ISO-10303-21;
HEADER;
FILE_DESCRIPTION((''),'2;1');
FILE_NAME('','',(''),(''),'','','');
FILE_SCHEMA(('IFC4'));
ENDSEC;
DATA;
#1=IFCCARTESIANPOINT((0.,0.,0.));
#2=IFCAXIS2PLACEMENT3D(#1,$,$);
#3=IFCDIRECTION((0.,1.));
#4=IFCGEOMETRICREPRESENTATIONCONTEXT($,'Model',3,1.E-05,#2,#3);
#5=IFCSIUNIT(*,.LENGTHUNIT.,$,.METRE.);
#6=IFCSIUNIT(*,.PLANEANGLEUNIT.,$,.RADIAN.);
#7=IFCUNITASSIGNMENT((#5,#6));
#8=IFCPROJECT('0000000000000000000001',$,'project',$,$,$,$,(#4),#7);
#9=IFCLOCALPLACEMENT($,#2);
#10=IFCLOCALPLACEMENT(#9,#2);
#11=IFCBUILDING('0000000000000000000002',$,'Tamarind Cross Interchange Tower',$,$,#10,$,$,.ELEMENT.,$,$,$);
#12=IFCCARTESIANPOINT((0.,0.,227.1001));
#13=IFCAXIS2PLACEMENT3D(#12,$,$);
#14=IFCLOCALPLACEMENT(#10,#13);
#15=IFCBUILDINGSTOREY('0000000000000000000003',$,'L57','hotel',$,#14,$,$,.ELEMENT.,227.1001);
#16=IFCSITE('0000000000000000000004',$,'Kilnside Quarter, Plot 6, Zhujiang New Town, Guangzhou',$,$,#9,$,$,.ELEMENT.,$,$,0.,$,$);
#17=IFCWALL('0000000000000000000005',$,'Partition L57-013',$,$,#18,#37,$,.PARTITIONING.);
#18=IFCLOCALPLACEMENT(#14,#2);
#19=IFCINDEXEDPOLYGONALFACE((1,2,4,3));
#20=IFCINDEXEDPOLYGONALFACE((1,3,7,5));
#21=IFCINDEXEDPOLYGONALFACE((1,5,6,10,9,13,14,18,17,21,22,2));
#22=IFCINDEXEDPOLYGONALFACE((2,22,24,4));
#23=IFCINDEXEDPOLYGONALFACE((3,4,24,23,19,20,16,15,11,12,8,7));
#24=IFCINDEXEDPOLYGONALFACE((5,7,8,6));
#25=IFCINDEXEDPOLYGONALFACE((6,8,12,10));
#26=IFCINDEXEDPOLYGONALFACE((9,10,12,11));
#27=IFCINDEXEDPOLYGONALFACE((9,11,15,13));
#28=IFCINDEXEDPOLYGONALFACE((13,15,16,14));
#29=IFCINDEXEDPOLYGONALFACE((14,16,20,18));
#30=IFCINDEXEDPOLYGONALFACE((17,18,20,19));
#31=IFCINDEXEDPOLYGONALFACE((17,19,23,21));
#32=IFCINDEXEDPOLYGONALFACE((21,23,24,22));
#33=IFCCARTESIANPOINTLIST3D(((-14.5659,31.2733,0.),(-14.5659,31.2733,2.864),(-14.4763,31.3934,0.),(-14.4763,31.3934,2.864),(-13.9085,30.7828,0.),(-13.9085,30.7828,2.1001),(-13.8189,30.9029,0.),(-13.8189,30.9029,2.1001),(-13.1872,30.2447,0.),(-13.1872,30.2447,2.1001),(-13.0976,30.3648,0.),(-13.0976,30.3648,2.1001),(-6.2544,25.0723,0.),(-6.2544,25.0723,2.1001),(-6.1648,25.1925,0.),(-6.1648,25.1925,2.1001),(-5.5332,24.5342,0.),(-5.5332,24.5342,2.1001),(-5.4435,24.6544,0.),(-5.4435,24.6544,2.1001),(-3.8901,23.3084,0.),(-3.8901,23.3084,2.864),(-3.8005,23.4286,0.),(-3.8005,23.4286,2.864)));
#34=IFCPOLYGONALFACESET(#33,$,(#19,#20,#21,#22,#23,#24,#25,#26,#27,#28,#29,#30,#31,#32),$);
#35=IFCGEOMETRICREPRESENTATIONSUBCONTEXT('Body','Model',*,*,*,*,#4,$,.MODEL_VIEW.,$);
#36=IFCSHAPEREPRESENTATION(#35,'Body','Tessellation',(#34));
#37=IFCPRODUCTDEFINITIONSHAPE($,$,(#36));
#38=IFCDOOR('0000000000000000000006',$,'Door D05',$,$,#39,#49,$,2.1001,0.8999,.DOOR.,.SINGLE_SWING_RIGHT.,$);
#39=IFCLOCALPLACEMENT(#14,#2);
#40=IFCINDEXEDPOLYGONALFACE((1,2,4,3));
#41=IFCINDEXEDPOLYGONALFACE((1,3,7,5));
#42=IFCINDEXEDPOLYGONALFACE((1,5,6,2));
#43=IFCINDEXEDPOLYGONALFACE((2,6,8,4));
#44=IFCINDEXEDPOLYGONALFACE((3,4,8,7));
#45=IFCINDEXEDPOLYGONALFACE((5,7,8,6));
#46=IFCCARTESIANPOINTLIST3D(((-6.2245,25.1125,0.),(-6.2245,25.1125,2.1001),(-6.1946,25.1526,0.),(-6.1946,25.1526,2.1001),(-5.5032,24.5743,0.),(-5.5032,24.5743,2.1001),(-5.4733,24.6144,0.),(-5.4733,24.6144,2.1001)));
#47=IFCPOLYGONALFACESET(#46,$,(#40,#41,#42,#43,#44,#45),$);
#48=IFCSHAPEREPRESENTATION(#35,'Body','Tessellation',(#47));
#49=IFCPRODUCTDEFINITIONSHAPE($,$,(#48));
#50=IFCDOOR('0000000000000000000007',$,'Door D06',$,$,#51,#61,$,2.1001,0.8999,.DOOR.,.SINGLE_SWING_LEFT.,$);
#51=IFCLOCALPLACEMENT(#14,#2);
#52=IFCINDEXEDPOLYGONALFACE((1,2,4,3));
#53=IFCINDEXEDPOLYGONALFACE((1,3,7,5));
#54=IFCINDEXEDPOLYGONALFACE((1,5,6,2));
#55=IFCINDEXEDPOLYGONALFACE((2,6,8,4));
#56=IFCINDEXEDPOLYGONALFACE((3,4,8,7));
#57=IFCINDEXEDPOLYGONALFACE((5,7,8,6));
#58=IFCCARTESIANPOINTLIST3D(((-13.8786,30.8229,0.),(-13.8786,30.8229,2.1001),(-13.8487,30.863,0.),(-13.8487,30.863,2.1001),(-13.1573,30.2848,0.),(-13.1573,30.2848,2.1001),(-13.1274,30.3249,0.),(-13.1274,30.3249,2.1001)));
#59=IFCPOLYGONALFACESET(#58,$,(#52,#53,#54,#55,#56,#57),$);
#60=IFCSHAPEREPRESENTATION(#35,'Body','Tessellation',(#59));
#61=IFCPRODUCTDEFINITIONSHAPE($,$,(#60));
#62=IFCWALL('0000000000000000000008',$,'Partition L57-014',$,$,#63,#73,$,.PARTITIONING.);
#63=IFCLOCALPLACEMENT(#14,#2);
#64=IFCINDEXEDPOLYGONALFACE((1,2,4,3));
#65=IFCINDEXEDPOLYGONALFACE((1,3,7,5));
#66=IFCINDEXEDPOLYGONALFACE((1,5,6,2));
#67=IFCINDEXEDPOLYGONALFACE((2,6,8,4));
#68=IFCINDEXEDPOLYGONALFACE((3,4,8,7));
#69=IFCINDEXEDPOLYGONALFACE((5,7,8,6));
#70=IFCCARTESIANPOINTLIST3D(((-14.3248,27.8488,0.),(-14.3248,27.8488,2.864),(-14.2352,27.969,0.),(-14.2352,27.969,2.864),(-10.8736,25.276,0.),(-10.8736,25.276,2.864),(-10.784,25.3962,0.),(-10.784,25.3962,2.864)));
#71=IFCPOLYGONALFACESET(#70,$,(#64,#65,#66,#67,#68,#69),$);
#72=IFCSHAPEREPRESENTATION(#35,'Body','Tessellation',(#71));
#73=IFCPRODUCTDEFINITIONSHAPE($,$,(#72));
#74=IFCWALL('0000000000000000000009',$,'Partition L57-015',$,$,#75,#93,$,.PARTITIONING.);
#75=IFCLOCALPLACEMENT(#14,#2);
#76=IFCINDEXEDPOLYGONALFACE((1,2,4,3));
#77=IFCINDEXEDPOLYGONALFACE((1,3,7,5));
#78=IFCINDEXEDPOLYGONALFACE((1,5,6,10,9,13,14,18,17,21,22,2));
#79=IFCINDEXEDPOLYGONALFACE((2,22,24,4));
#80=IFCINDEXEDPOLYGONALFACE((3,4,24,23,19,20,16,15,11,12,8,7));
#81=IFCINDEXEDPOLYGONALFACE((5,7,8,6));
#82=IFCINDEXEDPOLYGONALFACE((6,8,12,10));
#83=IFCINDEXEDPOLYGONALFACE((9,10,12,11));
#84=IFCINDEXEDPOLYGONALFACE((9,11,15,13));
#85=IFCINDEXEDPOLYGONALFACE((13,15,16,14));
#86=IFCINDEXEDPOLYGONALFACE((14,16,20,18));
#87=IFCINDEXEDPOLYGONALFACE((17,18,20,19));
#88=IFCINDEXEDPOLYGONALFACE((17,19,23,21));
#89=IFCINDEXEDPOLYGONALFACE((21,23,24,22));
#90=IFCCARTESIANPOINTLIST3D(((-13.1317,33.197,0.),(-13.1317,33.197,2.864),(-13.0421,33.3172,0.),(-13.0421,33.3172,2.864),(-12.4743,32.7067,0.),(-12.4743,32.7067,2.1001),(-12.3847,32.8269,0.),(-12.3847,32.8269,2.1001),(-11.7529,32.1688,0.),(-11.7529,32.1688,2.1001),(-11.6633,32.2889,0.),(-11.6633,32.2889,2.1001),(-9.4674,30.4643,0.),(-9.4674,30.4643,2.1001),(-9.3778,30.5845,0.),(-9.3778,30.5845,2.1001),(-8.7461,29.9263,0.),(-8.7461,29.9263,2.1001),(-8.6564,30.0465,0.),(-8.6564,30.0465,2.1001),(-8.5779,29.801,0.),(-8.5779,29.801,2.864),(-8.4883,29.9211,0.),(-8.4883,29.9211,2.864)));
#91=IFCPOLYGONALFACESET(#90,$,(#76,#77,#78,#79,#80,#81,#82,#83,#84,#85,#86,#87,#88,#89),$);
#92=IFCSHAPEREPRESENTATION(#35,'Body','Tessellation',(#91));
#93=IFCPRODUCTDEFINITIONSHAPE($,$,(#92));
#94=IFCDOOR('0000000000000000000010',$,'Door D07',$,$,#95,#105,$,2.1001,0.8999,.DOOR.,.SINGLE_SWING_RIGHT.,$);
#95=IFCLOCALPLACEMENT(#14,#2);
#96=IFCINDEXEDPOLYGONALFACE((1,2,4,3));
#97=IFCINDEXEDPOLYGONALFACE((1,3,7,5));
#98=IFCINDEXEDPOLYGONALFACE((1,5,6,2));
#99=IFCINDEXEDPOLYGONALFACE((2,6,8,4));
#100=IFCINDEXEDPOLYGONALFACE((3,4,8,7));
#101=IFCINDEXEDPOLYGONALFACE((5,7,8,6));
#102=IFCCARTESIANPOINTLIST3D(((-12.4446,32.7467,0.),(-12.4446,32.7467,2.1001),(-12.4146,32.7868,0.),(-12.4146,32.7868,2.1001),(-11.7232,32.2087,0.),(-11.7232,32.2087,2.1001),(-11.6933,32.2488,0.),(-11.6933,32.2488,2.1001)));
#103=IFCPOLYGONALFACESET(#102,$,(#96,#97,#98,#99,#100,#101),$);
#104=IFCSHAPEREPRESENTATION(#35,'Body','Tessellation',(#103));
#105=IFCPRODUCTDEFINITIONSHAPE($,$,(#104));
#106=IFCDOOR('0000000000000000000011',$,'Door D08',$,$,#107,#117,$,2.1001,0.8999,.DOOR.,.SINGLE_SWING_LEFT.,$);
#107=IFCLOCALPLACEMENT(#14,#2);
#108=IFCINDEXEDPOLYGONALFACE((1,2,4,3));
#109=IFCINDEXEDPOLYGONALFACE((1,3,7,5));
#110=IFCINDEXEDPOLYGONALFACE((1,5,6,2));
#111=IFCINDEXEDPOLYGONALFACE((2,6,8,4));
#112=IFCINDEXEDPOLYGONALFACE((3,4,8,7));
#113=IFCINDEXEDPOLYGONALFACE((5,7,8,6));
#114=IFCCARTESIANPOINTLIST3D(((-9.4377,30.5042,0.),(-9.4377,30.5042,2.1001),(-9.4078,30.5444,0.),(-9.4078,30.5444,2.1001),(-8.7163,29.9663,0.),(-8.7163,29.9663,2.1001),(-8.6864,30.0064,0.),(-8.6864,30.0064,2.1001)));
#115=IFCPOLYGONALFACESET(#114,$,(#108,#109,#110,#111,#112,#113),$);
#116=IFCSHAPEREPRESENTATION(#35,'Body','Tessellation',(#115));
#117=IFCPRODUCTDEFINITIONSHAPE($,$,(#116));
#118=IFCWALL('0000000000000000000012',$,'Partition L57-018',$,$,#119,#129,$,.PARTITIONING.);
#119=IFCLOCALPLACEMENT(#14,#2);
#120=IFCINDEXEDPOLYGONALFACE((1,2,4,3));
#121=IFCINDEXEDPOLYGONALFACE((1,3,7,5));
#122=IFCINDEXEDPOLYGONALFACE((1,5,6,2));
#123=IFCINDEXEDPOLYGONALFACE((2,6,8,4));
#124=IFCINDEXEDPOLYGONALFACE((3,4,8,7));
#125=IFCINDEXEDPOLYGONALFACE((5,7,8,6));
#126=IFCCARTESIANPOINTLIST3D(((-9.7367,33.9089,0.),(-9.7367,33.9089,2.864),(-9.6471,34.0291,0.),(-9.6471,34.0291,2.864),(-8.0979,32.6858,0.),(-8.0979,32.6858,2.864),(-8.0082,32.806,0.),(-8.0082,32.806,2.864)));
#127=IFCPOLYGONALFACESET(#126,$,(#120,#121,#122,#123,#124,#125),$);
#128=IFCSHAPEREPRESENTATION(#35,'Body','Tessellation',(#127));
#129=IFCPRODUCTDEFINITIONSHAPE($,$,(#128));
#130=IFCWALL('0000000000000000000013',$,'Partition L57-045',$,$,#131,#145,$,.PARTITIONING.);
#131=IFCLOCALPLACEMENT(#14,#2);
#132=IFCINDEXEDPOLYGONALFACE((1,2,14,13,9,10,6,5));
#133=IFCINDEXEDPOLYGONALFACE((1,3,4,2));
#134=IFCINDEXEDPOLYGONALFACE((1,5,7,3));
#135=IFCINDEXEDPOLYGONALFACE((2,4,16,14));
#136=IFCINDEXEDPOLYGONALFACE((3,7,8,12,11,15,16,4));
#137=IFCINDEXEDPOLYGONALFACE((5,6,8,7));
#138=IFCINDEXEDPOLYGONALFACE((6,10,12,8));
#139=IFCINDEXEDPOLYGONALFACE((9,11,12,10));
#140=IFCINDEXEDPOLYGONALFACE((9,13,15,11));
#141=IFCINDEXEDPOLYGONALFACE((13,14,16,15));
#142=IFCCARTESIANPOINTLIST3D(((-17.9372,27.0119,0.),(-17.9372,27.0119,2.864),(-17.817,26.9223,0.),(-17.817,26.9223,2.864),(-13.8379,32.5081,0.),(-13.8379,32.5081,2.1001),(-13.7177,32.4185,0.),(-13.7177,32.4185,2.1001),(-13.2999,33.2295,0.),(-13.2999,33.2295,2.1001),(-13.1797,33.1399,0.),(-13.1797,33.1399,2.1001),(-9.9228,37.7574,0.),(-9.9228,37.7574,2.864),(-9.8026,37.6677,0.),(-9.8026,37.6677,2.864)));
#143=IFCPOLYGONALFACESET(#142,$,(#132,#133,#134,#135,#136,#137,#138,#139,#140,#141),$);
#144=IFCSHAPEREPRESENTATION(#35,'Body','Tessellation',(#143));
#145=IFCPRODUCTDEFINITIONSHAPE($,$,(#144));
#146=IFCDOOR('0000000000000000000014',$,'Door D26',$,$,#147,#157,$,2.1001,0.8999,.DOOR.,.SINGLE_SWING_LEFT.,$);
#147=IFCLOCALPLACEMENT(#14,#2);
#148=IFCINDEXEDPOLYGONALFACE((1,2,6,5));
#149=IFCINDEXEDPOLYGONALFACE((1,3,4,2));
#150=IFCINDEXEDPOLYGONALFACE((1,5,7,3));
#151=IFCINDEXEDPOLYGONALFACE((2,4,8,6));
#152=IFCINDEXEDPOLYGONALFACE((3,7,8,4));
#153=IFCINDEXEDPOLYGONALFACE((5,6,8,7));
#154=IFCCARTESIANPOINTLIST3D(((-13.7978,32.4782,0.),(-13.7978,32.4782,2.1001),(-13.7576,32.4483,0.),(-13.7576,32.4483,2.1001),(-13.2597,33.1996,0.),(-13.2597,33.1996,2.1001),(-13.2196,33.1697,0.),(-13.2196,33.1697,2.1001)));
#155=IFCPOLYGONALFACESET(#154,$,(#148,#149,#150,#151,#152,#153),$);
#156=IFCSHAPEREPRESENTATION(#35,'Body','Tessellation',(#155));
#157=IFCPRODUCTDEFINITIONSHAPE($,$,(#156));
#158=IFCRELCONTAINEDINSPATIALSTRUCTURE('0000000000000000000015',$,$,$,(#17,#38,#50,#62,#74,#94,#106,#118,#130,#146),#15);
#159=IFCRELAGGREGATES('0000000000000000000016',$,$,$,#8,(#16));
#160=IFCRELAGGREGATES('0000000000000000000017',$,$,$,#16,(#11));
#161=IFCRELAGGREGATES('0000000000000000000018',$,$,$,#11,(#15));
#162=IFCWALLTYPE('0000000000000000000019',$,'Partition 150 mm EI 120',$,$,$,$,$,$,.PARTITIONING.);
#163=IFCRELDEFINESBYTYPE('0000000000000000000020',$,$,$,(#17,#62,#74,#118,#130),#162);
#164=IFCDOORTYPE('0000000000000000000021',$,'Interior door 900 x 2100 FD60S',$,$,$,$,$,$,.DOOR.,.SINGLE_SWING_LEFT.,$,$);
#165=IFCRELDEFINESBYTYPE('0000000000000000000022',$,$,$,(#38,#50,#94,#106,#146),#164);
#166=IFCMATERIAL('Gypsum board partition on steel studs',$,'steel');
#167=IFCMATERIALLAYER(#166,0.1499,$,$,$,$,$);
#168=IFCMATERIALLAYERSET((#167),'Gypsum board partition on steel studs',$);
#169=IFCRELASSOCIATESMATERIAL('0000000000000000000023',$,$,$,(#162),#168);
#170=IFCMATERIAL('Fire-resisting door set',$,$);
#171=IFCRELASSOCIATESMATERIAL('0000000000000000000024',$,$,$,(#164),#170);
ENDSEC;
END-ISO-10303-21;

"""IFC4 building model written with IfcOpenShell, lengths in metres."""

from ifc_helpers import new_model, si_unit, direction, frame, frame_2d, origin, place, context, subcontext, project, spatial, rectangle, extrude, material, layer, layer_set, type_object, element, fill, save


model = new_model("IFC4")

# Units and contexts
model_context = context("Model", 3, precision=1e-05, world=origin(), true_north=direction((0.0, 1.0)))
body_context = subcontext(model_context, "Body", "Model", "MODEL_VIEW")
ifc_project = project(units=[si_unit("LENGTHUNIT", "METRE"), si_unit("PLANEANGLEUNIT", "RADIAN")], contexts=[model_context])

# Site, building, storey
site_placement = place(None, origin())
site = spatial("IfcSite", under=ifc_project, at=site_placement, Name="Kilnside Quarter, Plot 6, Zhujiang New Town, Guangzhou", CompositionType="ELEMENT", RefElevation=0.0)
building_placement = place(site_placement, origin())
building = spatial("IfcBuilding", under=site, at=building_placement, Name="Tamarind Cross Interchange Tower", CompositionType="ELEMENT")
storey_placement = place(building_placement, frame((0.0, 0.0, 227.1001)))
storey = spatial("IfcBuildingStorey", under=building, at=storey_placement, Name="L57", Description="hotel", CompositionType="ELEMENT", Elevation=227.1001)

# Wall, openings, doors
ifc_material_1 = material(Name="Gypsum board partition on steel studs", Category="steel")
ifc_layer_1 = layer(ifc_material_1, 0.1499)
ifc_layer_set_1 = layer_set([ifc_layer_1], Name="Gypsum board partition on steel studs")
wall_type = type_object("IfcWallType", Name="Partition 150 mm EI 120", PredefinedType="PARTITIONING", material=ifc_layer_set_1)
wall_1_placement = place(storey_placement, frame((-14.521, 31.3333, 0.0), z_axis=(0.0, 0.0, 1.0), x_axis=(0.801511, -0.59798, 0.0)))
wall_1 = element("IfcWall", 1, at=wall_1_placement, inside=storey, type_object=wall_type, Name="Partition L57-013", PredefinedType="PARTITIONING", context=body_context, shape_type="SweptSolid", body=[
    extrude(rectangle(XDim=13.3196, YDim=0.1499, at=frame_2d((6.6597, 0.0))), origin(), (0.0, 0.0, 1.0), 2.864),
])
opening_1_placement = place(wall_1_placement, frame((10.3696, 0.0, 0.0)))
opening_1 = element("IfcOpeningElement", 2, at=opening_1_placement, cuts=wall_1, PredefinedType="OPENING", context=body_context, shape_type="SweptSolid", body=[
    extrude(rectangle(XDim=0.8999, YDim=2.1001, at=frame_2d((0.45, 1.05))), frame((0.0, 0.085, 0.0), z_axis=(0.0, -1.0, 0.0), x_axis=(1.0, 0.0, 0.0)), (0.0, 0.0, 1.0), 0.1699),
])
opening_2_placement = place(wall_1_placement, frame((0.8201, 0.0, 0.0)))
opening_2 = element("IfcOpeningElement", 3, at=opening_2_placement, cuts=wall_1, PredefinedType="OPENING", context=body_context, shape_type="SweptSolid", body=[
    extrude(rectangle(XDim=0.8999, YDim=2.1001, at=frame_2d((0.45, 1.05))), frame((0.0, 0.085, 0.0), z_axis=(0.0, -1.0, 0.0), x_axis=(1.0, 0.0, 0.0)), (0.0, 0.0, 1.0), 0.1699),
])
ifc_material_2 = material(Name="Fire-resisting door set")
door_type = type_object("IfcDoorType", Name="Interior door 900 x 2100 FD60S", OperationType="SINGLE_SWING_LEFT", PredefinedType="DOOR", material=ifc_material_2)
door_1_placement = place(opening_1_placement, frame((0.8999, 0.0, 0.0), z_axis=(0.0, 0.0, 1.0), x_axis=(-1.0, 0.0, 0.0)))
door_1 = element("IfcDoor", 4, at=door_1_placement, inside=storey, type_object=door_type, Name="Door D05", OperationType="SINGLE_SWING_RIGHT", OverallHeight=2.1001, OverallWidth=0.8999, PredefinedType="DOOR", context=body_context, shape_type="SweptSolid", body=[
    extrude(rectangle(XDim=0.8999, YDim=2.1001, at=frame_2d((0.45, 1.05))), frame((0.0, 0.0249, 0.0), z_axis=(0.0, -1.0, 0.0), x_axis=(1.0, 0.0, 0.0)), (0.0, 0.0, 1.0), 0.05),
])
fill(opening_1, door_1)
door_2_placement = place(opening_2_placement, frame((0.8999, 0.0, 0.0), z_axis=(0.0, 0.0, 1.0), x_axis=(-1.0, 0.0, 0.0)))
door_2 = element("IfcDoor", 5, at=door_2_placement, inside=storey, type_object=door_type, Name="Door D06", OperationType="SINGLE_SWING_LEFT", OverallHeight=2.1001, OverallWidth=0.8999, PredefinedType="DOOR", context=body_context, shape_type="SweptSolid", body=[
    extrude(rectangle(XDim=0.8999, YDim=2.1001, at=frame_2d((0.45, 1.05))), frame((0.0, 0.0249, 0.0), z_axis=(0.0, -1.0, 0.0), x_axis=(1.0, 0.0, 0.0)), (0.0, 0.0, 1.0), 0.05),
])
fill(opening_2, door_2)

# Wall
wall_2_placement = place(storey_placement, frame((-14.28, 27.9089, 0.0), z_axis=(0.0, 0.0, 1.0), x_axis=(0.801739, -0.597674, 0.0)))
element("IfcWall", 6, at=wall_2_placement, inside=storey, type_object=wall_type, Name="Partition L57-014", PredefinedType="PARTITIONING", context=body_context, shape_type="SweptSolid", body=[
    extrude(rectangle(XDim=4.3047, YDim=0.1499, at=frame_2d((2.1523, 0.0))), origin(), (0.0, 0.0, 1.0), 2.864),
])

# Wall, openings, doors
wall_3_placement = place(storey_placement, frame((-13.0869, 33.2571, 0.0), z_axis=(0.0, 0.0, 1.0), x_axis=(0.801627, -0.597825, 0.0)))
wall_3 = element("IfcWall", 7, at=wall_3_placement, inside=storey, type_object=wall_type, Name="Partition L57-015", PredefinedType="PARTITIONING", context=body_context, shape_type="SweptSolid", body=[
    extrude(rectangle(XDim=5.6807, YDim=0.1499, at=frame_2d((2.8403, 0.0))), origin(), (0.0, 0.0, 1.0), 2.864),
])
opening_3_placement = place(wall_3_placement, frame((0.8201, 0.0, 0.0)))
opening_3 = element("IfcOpeningElement", 8, at=opening_3_placement, cuts=wall_3, PredefinedType="OPENING", context=body_context, shape_type="SweptSolid", body=[
    extrude(rectangle(XDim=0.8999, YDim=2.1001, at=frame_2d((0.45, 1.05))), frame((0.0, 0.085, 0.0), z_axis=(0.0, -1.0, 0.0), x_axis=(1.0, 0.0, 0.0)), (0.0, 0.0, 1.0), 0.1699),
])
opening_4_placement = place(wall_3_placement, frame((4.571, 0.0, 0.0)))
opening_4 = element("IfcOpeningElement", 9, at=opening_4_placement, cuts=wall_3, PredefinedType="OPENING", context=body_context, shape_type="SweptSolid", body=[
    extrude(rectangle(XDim=0.8999, YDim=2.1001, at=frame_2d((0.45, 1.05))), frame((0.0, 0.085, 0.0), z_axis=(0.0, -1.0, 0.0), x_axis=(1.0, 0.0, 0.0)), (0.0, 0.0, 1.0), 0.1699),
])
door_3_placement = place(opening_3_placement, origin())
door_3 = element("IfcDoor", 10, at=door_3_placement, inside=storey, type_object=door_type, Name="Door D07", OperationType="SINGLE_SWING_RIGHT", OverallHeight=2.1001, OverallWidth=0.8999, PredefinedType="DOOR", context=body_context, shape_type="SweptSolid", body=[
    extrude(rectangle(XDim=0.8999, YDim=2.1001, at=frame_2d((0.45, 1.05))), frame((0.0, 0.0249, 0.0), z_axis=(0.0, -1.0, 0.0), x_axis=(1.0, 0.0, 0.0)), (0.0, 0.0, 1.0), 0.05),
])
fill(opening_3, door_3)
door_4_placement = place(opening_4_placement, origin())
door_4 = element("IfcDoor", 11, at=door_4_placement, inside=storey, type_object=door_type, Name="Door D08", OperationType="SINGLE_SWING_LEFT", OverallHeight=2.1001, OverallWidth=0.8999, PredefinedType="DOOR", context=body_context, shape_type="SweptSolid", body=[
    extrude(rectangle(XDim=0.8999, YDim=2.1001, at=frame_2d((0.45, 1.05))), frame((0.0, 0.0249, 0.0), z_axis=(0.0, -1.0, 0.0), x_axis=(1.0, 0.0, 0.0)), (0.0, 0.0, 1.0), 0.05),
])
fill(opening_4, door_4)

# Wall
wall_4_placement = place(storey_placement, frame((-9.6919, 33.969, 0.0), z_axis=(0.0, 0.0, 1.0), x_axis=(0.801416, -0.598107, 0.0)))
element("IfcWall", 12, at=wall_4_placement, inside=storey, type_object=wall_type, Name="Partition L57-018", PredefinedType="PARTITIONING", context=body_context, shape_type="SweptSolid", body=[
    extrude(rectangle(XDim=2.0449, YDim=0.1499, at=frame_2d((1.0225, 0.0))), origin(), (0.0, 0.0, 1.0), 2.864),
])

# Wall, opening, door
wall_5_placement = place(storey_placement, frame((-17.8772, 26.967, 0.0), z_axis=(0.0, 0.0, 1.0), x_axis=(0.597868, 0.801595, 0.0)))
wall_5 = element("IfcWall", 13, at=wall_5_placement, inside=storey, type_object=wall_type, Name="Partition L57-045", PredefinedType="PARTITIONING", context=body_context, shape_type="SweptSolid", body=[
    extrude(rectangle(XDim=13.405, YDim=0.1499, at=frame_2d((6.7026, 0.0))), origin(), (0.0, 0.0, 1.0), 2.864),
])
opening_5_placement = place(wall_5_placement, frame((6.8567, 0.0, 0.0)))
opening_5 = element("IfcOpeningElement", 14, at=opening_5_placement, cuts=wall_5, PredefinedType="OPENING", context=body_context, shape_type="SweptSolid", body=[
    extrude(rectangle(XDim=0.8999, YDim=2.1001, at=frame_2d((0.45, 1.05))), frame((0.0, 0.085, 0.0), z_axis=(0.0, -1.0, 0.0), x_axis=(1.0, 0.0, 0.0)), (0.0, 0.0, 1.0), 0.1699),
])
door_5_placement = place(opening_5_placement, origin())
door_5 = element("IfcDoor", 15, at=door_5_placement, inside=storey, type_object=door_type, Name="Door D26", OperationType="SINGLE_SWING_LEFT", OverallHeight=2.1001, OverallWidth=0.8999, PredefinedType="DOOR", context=body_context, shape_type="SweptSolid", body=[
    extrude(rectangle(XDim=0.8999, YDim=2.1001, at=frame_2d((0.45, 1.05))), frame((0.0, 0.0249, 0.0), z_axis=(0.0, -1.0, 0.0), x_axis=(1.0, 0.0, 0.0)), (0.0, 0.0, 1.0), 0.05),
])
fill(opening_5, door_5)

save(model, "model.ifc")
